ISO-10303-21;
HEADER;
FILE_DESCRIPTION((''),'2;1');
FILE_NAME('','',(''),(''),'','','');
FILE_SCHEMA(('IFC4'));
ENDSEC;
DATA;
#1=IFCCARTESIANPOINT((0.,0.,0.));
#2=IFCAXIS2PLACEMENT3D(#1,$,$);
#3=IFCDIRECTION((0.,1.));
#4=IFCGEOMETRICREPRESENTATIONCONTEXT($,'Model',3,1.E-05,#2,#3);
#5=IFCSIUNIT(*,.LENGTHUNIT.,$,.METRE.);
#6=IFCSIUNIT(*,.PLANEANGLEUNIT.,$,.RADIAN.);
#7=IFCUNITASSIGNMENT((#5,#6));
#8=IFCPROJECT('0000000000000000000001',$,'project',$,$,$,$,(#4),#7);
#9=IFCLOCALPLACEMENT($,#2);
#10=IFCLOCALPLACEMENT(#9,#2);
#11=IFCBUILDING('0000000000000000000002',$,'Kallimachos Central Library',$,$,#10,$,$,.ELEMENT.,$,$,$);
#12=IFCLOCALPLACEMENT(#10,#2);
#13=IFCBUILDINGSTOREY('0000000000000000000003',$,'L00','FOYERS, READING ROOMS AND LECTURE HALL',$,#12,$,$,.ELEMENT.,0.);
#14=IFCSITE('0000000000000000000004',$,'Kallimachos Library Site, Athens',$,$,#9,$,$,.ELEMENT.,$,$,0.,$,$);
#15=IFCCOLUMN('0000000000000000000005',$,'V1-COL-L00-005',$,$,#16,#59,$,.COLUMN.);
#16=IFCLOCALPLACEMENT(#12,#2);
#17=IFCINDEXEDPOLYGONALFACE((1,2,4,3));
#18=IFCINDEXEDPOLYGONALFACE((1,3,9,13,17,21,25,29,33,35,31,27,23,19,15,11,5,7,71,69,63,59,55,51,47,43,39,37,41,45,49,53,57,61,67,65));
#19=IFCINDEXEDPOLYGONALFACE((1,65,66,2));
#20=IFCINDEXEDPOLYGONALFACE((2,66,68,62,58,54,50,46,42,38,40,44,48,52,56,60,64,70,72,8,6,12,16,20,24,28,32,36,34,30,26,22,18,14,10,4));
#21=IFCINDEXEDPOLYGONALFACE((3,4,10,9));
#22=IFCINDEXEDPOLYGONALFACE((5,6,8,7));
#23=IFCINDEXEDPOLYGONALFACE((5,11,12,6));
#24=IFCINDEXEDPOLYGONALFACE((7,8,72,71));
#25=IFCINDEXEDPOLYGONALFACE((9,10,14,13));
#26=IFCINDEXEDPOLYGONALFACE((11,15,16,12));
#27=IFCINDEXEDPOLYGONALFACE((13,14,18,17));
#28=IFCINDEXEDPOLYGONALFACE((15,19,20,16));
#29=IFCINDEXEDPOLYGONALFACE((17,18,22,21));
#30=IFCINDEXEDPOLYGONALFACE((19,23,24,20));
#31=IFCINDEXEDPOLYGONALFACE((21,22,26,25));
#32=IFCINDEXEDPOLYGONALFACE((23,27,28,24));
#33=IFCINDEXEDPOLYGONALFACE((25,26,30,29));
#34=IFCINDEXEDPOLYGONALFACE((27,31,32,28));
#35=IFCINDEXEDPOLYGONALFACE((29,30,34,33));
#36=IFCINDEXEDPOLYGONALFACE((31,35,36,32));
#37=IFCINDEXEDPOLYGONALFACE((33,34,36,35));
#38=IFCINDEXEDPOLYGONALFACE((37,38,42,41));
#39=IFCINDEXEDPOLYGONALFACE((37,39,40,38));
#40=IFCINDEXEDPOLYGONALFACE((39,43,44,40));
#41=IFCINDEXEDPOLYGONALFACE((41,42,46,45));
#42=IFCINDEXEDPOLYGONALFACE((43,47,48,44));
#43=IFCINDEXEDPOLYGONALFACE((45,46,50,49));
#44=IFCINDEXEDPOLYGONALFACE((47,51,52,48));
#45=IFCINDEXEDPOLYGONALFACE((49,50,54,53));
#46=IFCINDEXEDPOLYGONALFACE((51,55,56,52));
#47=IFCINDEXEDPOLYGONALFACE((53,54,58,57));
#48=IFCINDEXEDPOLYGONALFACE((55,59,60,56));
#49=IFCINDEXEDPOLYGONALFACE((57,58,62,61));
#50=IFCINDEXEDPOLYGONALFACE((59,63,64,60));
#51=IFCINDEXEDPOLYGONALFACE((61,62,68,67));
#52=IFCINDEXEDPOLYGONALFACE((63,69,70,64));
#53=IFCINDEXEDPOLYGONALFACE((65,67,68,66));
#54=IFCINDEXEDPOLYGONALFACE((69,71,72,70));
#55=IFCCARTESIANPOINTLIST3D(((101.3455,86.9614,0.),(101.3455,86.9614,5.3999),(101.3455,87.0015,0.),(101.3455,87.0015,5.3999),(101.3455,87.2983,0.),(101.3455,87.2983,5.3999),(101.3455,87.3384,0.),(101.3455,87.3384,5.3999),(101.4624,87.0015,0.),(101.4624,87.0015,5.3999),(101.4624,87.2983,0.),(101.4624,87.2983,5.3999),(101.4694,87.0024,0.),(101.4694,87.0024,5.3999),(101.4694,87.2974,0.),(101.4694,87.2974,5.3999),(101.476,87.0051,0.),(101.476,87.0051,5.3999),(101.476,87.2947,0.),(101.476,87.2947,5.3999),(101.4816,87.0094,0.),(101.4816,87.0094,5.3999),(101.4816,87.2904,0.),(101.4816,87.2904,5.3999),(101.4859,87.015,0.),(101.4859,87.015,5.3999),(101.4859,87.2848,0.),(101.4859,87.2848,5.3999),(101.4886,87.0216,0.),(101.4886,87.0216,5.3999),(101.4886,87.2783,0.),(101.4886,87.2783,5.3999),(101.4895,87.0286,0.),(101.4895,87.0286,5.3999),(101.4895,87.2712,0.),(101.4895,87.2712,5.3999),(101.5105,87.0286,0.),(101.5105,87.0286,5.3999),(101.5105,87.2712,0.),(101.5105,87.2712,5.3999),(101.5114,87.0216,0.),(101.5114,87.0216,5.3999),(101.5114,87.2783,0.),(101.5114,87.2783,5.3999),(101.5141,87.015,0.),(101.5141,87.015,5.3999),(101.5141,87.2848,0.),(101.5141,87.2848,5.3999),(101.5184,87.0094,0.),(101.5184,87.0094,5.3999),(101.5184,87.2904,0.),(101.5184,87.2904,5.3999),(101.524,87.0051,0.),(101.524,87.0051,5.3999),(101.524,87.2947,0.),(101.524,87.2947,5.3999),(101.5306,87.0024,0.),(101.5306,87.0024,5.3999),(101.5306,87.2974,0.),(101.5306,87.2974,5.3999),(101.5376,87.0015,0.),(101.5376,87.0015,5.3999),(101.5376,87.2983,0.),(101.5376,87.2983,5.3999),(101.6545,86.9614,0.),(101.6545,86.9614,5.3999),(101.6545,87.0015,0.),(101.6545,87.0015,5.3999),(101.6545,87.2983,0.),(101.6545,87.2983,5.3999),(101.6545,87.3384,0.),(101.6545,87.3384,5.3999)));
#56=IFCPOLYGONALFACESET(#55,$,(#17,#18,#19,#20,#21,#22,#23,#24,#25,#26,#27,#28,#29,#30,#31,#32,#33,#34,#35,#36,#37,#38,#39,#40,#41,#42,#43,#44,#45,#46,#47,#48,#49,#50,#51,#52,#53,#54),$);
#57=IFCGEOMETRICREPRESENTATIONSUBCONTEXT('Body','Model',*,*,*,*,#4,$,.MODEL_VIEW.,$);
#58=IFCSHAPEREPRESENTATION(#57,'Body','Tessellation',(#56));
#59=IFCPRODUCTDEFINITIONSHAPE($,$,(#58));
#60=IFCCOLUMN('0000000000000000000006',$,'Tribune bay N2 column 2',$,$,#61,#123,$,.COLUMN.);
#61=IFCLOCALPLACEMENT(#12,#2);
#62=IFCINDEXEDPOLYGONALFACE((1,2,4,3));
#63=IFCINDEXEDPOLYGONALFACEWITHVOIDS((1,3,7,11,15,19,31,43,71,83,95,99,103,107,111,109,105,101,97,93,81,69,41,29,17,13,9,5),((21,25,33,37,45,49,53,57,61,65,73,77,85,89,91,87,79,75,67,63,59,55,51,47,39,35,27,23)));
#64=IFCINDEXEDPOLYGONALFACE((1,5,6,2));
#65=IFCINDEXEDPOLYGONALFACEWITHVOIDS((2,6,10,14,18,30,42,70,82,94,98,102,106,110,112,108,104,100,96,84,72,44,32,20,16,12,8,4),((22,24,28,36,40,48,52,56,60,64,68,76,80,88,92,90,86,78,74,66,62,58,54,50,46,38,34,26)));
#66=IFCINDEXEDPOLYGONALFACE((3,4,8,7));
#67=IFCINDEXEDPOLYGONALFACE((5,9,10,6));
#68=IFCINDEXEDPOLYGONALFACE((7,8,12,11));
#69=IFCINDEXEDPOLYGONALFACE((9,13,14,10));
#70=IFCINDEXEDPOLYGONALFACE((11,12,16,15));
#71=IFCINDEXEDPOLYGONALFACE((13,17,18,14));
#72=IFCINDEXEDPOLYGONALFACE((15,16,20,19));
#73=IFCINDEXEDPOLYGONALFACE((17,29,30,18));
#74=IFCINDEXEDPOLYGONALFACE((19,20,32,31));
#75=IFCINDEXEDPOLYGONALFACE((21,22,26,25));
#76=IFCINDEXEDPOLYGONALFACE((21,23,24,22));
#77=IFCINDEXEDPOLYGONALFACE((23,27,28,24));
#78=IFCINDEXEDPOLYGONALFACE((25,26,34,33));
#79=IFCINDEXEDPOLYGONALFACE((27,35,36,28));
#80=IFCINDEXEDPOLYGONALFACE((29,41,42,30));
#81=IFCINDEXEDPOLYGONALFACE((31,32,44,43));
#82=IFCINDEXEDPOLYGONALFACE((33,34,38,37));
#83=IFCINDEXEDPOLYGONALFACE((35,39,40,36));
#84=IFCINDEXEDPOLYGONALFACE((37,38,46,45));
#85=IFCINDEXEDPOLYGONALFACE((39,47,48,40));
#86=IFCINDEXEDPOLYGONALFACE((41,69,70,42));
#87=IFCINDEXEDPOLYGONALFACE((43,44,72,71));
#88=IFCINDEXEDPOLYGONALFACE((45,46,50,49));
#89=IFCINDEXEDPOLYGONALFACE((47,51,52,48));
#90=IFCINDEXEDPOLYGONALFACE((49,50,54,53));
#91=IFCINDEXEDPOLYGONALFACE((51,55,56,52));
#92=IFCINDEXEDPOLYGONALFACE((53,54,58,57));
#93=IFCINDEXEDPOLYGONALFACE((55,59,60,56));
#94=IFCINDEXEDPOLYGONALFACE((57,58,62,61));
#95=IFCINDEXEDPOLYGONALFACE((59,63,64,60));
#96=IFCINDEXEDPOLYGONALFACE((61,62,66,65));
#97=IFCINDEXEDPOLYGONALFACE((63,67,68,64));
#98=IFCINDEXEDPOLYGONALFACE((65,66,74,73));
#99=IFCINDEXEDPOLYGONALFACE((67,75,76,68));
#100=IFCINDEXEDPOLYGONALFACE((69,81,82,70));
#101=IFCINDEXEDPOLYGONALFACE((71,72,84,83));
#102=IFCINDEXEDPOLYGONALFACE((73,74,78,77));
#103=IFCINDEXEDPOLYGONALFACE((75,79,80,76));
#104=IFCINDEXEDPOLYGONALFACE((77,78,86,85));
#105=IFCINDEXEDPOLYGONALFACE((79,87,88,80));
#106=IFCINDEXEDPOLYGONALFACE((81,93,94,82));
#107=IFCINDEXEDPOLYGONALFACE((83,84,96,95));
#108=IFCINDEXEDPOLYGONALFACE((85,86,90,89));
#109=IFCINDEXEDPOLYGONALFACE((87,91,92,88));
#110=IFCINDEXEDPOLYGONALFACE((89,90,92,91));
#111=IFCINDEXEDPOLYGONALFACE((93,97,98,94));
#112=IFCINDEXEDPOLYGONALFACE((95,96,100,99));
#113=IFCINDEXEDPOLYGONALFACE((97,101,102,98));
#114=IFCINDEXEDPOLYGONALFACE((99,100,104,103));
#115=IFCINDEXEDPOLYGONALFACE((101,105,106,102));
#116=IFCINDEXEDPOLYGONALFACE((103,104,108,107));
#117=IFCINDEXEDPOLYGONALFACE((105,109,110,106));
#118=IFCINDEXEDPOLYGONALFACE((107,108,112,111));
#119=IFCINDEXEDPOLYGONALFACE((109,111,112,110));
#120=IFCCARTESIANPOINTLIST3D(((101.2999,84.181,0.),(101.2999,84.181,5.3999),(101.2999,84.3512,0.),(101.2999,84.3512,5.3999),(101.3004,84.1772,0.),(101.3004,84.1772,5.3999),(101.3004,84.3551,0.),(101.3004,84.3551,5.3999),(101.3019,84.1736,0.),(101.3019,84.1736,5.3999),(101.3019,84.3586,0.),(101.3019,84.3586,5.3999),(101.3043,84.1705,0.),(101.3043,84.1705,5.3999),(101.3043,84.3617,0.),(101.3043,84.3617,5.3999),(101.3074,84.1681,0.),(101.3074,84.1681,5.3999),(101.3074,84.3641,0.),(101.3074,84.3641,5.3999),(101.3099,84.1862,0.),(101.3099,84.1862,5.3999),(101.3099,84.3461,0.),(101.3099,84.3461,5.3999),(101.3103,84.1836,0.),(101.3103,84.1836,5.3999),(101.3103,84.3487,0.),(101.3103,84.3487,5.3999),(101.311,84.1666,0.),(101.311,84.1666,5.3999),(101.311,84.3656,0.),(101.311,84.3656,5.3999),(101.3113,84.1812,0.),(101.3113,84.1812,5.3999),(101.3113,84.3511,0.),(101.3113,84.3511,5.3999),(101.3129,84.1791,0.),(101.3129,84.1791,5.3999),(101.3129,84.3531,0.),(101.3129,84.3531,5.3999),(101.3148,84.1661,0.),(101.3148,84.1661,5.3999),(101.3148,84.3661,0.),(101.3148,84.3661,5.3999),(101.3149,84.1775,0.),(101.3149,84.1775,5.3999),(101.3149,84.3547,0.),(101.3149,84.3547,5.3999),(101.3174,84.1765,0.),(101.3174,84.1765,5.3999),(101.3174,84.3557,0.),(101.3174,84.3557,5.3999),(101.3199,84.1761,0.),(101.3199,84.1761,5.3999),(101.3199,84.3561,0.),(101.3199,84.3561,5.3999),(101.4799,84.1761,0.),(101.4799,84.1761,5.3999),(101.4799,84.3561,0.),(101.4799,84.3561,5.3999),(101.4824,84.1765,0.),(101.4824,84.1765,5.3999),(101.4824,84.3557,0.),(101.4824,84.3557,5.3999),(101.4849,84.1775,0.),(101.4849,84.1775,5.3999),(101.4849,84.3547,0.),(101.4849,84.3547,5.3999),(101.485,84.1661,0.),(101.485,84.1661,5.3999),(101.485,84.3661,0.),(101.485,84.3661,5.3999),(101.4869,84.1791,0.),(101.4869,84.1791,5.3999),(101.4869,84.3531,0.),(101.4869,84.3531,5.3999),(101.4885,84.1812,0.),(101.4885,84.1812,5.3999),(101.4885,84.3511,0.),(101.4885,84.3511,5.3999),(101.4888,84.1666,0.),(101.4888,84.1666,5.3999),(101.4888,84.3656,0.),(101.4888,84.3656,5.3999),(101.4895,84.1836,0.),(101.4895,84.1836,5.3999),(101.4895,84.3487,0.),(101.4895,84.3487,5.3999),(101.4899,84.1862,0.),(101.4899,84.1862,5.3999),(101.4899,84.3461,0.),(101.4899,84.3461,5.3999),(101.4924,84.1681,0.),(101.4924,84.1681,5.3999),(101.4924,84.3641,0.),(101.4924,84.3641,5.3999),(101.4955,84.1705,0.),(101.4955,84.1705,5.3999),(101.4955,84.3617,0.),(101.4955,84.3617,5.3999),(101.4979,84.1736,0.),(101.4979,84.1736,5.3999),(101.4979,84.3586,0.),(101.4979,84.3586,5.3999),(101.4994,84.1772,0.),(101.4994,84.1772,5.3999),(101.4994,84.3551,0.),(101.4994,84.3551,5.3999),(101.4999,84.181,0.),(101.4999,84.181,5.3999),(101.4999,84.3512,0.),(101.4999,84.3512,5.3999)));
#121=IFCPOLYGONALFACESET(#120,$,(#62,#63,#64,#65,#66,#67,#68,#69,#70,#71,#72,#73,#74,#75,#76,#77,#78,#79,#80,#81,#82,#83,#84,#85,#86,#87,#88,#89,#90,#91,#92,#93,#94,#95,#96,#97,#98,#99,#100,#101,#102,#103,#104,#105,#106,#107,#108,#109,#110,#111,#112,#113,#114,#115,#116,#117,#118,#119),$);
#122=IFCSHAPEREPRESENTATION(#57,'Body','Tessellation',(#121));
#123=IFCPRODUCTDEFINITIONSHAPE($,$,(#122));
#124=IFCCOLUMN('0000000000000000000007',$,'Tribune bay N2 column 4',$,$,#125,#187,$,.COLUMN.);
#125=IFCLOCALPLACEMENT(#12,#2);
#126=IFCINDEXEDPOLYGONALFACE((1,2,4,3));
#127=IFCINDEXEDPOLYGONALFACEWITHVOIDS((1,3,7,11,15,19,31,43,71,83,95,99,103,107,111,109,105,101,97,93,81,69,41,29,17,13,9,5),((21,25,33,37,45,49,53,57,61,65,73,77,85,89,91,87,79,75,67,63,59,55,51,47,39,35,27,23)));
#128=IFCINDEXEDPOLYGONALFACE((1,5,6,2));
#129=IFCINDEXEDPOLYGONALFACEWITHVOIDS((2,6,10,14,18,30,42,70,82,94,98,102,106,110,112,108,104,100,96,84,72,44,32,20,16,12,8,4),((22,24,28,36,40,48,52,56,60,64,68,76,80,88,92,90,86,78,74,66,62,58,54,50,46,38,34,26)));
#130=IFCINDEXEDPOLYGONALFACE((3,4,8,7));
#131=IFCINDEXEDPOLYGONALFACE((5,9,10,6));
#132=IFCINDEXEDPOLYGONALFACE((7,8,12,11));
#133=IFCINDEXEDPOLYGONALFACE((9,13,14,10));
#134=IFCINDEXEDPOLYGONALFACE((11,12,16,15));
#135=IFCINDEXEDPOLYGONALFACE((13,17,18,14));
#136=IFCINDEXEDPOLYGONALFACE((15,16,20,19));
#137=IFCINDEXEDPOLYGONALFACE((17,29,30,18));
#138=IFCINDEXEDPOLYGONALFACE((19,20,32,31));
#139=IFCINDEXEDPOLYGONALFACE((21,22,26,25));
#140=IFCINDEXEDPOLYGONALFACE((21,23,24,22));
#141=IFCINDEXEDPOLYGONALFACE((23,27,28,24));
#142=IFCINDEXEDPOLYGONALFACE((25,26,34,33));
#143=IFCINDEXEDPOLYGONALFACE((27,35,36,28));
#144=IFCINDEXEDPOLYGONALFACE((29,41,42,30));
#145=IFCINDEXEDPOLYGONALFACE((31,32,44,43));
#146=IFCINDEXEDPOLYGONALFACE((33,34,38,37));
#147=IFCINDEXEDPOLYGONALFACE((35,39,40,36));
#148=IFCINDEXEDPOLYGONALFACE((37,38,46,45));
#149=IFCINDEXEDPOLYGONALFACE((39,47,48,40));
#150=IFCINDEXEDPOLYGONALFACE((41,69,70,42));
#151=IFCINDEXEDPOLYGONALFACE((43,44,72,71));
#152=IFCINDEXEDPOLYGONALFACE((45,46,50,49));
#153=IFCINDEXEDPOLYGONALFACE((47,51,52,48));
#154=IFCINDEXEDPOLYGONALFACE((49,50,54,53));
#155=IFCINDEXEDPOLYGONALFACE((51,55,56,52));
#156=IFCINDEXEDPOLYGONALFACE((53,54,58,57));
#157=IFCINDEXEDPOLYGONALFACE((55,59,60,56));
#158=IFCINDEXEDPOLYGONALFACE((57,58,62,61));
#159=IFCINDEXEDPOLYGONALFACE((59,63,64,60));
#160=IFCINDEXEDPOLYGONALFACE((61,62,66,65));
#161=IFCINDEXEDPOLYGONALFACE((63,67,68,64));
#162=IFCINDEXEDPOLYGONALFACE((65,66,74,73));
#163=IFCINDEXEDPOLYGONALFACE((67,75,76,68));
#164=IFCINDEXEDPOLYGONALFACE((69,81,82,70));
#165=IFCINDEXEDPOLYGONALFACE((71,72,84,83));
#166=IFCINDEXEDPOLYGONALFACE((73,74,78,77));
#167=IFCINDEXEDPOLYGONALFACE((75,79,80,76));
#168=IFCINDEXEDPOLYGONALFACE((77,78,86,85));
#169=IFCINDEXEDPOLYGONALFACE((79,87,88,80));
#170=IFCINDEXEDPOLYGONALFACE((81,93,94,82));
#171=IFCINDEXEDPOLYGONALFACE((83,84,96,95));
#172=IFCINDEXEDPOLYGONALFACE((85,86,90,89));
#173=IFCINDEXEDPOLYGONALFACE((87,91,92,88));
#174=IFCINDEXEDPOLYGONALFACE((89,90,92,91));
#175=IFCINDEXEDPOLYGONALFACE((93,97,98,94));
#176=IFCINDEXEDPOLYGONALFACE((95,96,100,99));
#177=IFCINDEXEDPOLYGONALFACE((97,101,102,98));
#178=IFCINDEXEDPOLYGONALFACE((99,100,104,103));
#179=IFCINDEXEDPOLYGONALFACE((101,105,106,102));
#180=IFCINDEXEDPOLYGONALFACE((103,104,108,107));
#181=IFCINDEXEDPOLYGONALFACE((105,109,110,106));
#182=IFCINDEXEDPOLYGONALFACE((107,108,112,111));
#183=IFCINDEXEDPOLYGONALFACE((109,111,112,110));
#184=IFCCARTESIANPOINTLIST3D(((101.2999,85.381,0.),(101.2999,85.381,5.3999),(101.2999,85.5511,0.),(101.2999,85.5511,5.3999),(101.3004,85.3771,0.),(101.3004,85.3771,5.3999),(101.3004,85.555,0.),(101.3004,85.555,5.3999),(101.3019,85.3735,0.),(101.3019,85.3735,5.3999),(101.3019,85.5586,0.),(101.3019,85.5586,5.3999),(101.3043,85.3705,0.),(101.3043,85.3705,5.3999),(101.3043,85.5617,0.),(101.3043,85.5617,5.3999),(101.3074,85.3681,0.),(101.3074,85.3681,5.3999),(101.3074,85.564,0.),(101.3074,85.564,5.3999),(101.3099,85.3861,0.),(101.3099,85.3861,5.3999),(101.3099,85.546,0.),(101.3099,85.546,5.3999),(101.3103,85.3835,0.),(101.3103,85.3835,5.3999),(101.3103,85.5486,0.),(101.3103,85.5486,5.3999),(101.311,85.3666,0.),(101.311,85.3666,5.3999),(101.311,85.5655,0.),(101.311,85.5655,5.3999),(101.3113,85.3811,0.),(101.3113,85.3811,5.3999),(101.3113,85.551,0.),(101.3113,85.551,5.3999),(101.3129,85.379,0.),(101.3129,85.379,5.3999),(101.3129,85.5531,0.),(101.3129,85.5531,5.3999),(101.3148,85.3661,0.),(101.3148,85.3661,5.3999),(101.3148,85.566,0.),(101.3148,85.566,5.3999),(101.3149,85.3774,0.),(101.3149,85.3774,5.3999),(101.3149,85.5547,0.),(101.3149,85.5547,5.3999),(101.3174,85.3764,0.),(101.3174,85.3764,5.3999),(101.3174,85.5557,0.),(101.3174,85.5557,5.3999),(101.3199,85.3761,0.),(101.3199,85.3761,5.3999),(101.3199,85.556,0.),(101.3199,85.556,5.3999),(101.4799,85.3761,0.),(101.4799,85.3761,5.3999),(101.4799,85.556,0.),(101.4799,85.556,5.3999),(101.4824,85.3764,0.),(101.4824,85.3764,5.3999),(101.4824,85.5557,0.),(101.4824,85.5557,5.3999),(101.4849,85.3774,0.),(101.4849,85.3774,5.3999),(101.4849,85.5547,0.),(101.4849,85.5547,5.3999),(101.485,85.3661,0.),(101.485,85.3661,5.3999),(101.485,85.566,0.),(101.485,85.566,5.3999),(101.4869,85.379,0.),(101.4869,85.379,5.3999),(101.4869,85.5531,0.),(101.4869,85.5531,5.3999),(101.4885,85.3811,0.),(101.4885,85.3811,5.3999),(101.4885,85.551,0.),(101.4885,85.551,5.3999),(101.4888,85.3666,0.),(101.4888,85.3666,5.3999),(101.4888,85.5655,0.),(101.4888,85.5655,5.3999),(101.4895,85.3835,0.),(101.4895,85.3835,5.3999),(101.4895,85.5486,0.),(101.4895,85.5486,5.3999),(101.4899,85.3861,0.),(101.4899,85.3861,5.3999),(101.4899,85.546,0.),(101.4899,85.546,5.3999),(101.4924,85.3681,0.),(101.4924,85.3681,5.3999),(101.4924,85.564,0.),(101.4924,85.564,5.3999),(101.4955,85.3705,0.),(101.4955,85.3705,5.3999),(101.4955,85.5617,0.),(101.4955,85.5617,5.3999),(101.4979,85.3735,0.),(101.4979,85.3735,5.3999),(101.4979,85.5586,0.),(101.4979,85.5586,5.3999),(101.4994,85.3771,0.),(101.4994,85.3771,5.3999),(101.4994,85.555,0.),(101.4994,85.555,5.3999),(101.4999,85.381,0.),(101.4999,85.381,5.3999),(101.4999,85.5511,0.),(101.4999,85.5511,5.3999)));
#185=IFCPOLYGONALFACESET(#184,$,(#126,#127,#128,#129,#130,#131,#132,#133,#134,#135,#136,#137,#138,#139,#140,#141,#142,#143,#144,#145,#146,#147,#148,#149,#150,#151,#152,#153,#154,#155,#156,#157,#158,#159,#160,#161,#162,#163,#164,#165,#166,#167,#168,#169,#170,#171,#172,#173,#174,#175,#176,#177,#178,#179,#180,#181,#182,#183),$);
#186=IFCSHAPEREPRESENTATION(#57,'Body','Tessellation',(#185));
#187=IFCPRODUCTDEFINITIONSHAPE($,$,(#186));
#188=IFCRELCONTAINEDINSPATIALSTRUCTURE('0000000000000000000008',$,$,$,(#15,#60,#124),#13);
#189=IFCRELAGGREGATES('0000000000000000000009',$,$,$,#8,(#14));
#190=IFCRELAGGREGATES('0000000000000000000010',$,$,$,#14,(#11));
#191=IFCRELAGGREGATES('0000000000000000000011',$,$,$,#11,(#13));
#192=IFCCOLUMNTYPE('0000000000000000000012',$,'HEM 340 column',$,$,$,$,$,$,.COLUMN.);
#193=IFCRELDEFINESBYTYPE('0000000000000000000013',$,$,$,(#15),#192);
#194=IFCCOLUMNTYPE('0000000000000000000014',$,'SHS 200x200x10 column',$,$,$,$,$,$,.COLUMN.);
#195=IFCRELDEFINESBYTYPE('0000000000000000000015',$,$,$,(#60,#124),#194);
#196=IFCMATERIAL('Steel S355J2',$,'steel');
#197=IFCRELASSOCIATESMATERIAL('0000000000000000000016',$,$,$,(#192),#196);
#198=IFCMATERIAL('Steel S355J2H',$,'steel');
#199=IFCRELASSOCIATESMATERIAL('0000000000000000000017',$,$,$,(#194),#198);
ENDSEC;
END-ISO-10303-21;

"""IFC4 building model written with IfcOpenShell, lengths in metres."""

from ifc_helpers import new_model, si_unit, direction, frame, origin, origin_2d, place, context, subcontext, project, spatial, hollow_rectangle, i_section, extrude, material, material_profile, profile_set, type_object, element, save


model = new_model("IFC4")

# Units and contexts
model_context = context("Model", 3, precision=1e-05, world=origin(), true_north=direction((0.0, 1.0)))
body_context = subcontext(model_context, "Body", "Model", "MODEL_VIEW")
ifc_project = project(units=[si_unit("LENGTHUNIT", "METRE"), si_unit("PLANEANGLEUNIT", "RADIAN")], contexts=[model_context])

# Site, building, storey
site_placement = place(None, origin())
site = spatial("IfcSite", under=ifc_project, at=site_placement, Name="Kallimachos Library Site, Athens", CompositionType="ELEMENT", RefElevation=0.0)
building_placement = place(site_placement, origin())
building = spatial("IfcBuilding", under=site, at=building_placement, Name="Kallimachos Central Library", CompositionType="ELEMENT")
storey_placement = place(building_placement, origin())
storey = spatial("IfcBuildingStorey", under=building, at=storey_placement, Name="L00", Description="FOYERS, READING ROOMS AND LECTURE HALL", CompositionType="ELEMENT", Elevation=0.0)

# Columns
ifc_material_1 = material(Name="Steel S355J2", Category="steel")
ifc_material_profile_1 = material_profile(ifc_material_1, i_section(OverallWidth=0.3091, OverallDepth=0.377, WebThickness=0.021, FlangeThickness=0.04, FilletRadius=0.0271, at=origin_2d()), Name="HEM 340")
ifc_profile_set_1 = profile_set([ifc_material_profile_1], Name="Steel S355J2")
column_type_1 = type_object("IfcColumnType", Name="HEM 340 column", PredefinedType="COLUMN", material=ifc_profile_set_1)
column_placement = place(storey_placement, frame((101.5, 87.1499, 0.0), z_axis=(0.0, 0.0, 1.0), x_axis=(1.0, 0.0, 0.0)))
element("IfcColumn", 1, at=column_placement, inside=storey, type_object=column_type_1, Name="V1-COL-L00-005", PredefinedType="COLUMN", context=body_context, shape_type="SweptSolid", body=[
    extrude(i_section(OverallWidth=0.3091, OverallDepth=0.377, WebThickness=0.021, FlangeThickness=0.04, FilletRadius=0.0271, at=origin_2d()), origin(), (0.0, 0.0, 1.0), 5.3999),
])
ifc_material_2 = material(Name="Steel S355J2H", Category="steel")
ifc_material_profile_2 = material_profile(ifc_material_2, hollow_rectangle(XDim=0.2, YDim=0.2, WallThickness=0.01, InnerFilletRadius=0.01, OuterFilletRadius=0.0149, at=origin_2d()), Name="SHS 200x200x10")
ifc_profile_set_2 = profile_set([ifc_material_profile_2], Name="Steel S355J2H")
column_type_2 = type_object("IfcColumnType", Name="SHS 200x200x10 column", PredefinedType="COLUMN", material=ifc_profile_set_2)
for number, where, z_axis, x_axis, name in (
    (2, (101.3999, 84.2661, 0.0), (0.0, 0.0, 1.0), (1.0, 0.0, 0.0), "Tribune bay N2 column 2"),
    (3, (101.3999, 85.4661, 0.0), (0.0, 0.0, 1.0), (1.0, 0.0, 0.0), "Tribune bay N2 column 4"),
):
    element("IfcColumn", number, at=place(storey_placement, frame(where, z_axis=z_axis, x_axis=x_axis)), inside=storey, type_object=column_type_2, Name=name, PredefinedType="COLUMN", context=body_context, shape_type="SweptSolid", body=[
        extrude(hollow_rectangle(XDim=0.2, YDim=0.2, WallThickness=0.01, InnerFilletRadius=0.01, OuterFilletRadius=0.0149, at=origin_2d()), origin(), (0.0, 0.0, 1.0), 5.3999),
    ])

save(model, "model.ifc")
